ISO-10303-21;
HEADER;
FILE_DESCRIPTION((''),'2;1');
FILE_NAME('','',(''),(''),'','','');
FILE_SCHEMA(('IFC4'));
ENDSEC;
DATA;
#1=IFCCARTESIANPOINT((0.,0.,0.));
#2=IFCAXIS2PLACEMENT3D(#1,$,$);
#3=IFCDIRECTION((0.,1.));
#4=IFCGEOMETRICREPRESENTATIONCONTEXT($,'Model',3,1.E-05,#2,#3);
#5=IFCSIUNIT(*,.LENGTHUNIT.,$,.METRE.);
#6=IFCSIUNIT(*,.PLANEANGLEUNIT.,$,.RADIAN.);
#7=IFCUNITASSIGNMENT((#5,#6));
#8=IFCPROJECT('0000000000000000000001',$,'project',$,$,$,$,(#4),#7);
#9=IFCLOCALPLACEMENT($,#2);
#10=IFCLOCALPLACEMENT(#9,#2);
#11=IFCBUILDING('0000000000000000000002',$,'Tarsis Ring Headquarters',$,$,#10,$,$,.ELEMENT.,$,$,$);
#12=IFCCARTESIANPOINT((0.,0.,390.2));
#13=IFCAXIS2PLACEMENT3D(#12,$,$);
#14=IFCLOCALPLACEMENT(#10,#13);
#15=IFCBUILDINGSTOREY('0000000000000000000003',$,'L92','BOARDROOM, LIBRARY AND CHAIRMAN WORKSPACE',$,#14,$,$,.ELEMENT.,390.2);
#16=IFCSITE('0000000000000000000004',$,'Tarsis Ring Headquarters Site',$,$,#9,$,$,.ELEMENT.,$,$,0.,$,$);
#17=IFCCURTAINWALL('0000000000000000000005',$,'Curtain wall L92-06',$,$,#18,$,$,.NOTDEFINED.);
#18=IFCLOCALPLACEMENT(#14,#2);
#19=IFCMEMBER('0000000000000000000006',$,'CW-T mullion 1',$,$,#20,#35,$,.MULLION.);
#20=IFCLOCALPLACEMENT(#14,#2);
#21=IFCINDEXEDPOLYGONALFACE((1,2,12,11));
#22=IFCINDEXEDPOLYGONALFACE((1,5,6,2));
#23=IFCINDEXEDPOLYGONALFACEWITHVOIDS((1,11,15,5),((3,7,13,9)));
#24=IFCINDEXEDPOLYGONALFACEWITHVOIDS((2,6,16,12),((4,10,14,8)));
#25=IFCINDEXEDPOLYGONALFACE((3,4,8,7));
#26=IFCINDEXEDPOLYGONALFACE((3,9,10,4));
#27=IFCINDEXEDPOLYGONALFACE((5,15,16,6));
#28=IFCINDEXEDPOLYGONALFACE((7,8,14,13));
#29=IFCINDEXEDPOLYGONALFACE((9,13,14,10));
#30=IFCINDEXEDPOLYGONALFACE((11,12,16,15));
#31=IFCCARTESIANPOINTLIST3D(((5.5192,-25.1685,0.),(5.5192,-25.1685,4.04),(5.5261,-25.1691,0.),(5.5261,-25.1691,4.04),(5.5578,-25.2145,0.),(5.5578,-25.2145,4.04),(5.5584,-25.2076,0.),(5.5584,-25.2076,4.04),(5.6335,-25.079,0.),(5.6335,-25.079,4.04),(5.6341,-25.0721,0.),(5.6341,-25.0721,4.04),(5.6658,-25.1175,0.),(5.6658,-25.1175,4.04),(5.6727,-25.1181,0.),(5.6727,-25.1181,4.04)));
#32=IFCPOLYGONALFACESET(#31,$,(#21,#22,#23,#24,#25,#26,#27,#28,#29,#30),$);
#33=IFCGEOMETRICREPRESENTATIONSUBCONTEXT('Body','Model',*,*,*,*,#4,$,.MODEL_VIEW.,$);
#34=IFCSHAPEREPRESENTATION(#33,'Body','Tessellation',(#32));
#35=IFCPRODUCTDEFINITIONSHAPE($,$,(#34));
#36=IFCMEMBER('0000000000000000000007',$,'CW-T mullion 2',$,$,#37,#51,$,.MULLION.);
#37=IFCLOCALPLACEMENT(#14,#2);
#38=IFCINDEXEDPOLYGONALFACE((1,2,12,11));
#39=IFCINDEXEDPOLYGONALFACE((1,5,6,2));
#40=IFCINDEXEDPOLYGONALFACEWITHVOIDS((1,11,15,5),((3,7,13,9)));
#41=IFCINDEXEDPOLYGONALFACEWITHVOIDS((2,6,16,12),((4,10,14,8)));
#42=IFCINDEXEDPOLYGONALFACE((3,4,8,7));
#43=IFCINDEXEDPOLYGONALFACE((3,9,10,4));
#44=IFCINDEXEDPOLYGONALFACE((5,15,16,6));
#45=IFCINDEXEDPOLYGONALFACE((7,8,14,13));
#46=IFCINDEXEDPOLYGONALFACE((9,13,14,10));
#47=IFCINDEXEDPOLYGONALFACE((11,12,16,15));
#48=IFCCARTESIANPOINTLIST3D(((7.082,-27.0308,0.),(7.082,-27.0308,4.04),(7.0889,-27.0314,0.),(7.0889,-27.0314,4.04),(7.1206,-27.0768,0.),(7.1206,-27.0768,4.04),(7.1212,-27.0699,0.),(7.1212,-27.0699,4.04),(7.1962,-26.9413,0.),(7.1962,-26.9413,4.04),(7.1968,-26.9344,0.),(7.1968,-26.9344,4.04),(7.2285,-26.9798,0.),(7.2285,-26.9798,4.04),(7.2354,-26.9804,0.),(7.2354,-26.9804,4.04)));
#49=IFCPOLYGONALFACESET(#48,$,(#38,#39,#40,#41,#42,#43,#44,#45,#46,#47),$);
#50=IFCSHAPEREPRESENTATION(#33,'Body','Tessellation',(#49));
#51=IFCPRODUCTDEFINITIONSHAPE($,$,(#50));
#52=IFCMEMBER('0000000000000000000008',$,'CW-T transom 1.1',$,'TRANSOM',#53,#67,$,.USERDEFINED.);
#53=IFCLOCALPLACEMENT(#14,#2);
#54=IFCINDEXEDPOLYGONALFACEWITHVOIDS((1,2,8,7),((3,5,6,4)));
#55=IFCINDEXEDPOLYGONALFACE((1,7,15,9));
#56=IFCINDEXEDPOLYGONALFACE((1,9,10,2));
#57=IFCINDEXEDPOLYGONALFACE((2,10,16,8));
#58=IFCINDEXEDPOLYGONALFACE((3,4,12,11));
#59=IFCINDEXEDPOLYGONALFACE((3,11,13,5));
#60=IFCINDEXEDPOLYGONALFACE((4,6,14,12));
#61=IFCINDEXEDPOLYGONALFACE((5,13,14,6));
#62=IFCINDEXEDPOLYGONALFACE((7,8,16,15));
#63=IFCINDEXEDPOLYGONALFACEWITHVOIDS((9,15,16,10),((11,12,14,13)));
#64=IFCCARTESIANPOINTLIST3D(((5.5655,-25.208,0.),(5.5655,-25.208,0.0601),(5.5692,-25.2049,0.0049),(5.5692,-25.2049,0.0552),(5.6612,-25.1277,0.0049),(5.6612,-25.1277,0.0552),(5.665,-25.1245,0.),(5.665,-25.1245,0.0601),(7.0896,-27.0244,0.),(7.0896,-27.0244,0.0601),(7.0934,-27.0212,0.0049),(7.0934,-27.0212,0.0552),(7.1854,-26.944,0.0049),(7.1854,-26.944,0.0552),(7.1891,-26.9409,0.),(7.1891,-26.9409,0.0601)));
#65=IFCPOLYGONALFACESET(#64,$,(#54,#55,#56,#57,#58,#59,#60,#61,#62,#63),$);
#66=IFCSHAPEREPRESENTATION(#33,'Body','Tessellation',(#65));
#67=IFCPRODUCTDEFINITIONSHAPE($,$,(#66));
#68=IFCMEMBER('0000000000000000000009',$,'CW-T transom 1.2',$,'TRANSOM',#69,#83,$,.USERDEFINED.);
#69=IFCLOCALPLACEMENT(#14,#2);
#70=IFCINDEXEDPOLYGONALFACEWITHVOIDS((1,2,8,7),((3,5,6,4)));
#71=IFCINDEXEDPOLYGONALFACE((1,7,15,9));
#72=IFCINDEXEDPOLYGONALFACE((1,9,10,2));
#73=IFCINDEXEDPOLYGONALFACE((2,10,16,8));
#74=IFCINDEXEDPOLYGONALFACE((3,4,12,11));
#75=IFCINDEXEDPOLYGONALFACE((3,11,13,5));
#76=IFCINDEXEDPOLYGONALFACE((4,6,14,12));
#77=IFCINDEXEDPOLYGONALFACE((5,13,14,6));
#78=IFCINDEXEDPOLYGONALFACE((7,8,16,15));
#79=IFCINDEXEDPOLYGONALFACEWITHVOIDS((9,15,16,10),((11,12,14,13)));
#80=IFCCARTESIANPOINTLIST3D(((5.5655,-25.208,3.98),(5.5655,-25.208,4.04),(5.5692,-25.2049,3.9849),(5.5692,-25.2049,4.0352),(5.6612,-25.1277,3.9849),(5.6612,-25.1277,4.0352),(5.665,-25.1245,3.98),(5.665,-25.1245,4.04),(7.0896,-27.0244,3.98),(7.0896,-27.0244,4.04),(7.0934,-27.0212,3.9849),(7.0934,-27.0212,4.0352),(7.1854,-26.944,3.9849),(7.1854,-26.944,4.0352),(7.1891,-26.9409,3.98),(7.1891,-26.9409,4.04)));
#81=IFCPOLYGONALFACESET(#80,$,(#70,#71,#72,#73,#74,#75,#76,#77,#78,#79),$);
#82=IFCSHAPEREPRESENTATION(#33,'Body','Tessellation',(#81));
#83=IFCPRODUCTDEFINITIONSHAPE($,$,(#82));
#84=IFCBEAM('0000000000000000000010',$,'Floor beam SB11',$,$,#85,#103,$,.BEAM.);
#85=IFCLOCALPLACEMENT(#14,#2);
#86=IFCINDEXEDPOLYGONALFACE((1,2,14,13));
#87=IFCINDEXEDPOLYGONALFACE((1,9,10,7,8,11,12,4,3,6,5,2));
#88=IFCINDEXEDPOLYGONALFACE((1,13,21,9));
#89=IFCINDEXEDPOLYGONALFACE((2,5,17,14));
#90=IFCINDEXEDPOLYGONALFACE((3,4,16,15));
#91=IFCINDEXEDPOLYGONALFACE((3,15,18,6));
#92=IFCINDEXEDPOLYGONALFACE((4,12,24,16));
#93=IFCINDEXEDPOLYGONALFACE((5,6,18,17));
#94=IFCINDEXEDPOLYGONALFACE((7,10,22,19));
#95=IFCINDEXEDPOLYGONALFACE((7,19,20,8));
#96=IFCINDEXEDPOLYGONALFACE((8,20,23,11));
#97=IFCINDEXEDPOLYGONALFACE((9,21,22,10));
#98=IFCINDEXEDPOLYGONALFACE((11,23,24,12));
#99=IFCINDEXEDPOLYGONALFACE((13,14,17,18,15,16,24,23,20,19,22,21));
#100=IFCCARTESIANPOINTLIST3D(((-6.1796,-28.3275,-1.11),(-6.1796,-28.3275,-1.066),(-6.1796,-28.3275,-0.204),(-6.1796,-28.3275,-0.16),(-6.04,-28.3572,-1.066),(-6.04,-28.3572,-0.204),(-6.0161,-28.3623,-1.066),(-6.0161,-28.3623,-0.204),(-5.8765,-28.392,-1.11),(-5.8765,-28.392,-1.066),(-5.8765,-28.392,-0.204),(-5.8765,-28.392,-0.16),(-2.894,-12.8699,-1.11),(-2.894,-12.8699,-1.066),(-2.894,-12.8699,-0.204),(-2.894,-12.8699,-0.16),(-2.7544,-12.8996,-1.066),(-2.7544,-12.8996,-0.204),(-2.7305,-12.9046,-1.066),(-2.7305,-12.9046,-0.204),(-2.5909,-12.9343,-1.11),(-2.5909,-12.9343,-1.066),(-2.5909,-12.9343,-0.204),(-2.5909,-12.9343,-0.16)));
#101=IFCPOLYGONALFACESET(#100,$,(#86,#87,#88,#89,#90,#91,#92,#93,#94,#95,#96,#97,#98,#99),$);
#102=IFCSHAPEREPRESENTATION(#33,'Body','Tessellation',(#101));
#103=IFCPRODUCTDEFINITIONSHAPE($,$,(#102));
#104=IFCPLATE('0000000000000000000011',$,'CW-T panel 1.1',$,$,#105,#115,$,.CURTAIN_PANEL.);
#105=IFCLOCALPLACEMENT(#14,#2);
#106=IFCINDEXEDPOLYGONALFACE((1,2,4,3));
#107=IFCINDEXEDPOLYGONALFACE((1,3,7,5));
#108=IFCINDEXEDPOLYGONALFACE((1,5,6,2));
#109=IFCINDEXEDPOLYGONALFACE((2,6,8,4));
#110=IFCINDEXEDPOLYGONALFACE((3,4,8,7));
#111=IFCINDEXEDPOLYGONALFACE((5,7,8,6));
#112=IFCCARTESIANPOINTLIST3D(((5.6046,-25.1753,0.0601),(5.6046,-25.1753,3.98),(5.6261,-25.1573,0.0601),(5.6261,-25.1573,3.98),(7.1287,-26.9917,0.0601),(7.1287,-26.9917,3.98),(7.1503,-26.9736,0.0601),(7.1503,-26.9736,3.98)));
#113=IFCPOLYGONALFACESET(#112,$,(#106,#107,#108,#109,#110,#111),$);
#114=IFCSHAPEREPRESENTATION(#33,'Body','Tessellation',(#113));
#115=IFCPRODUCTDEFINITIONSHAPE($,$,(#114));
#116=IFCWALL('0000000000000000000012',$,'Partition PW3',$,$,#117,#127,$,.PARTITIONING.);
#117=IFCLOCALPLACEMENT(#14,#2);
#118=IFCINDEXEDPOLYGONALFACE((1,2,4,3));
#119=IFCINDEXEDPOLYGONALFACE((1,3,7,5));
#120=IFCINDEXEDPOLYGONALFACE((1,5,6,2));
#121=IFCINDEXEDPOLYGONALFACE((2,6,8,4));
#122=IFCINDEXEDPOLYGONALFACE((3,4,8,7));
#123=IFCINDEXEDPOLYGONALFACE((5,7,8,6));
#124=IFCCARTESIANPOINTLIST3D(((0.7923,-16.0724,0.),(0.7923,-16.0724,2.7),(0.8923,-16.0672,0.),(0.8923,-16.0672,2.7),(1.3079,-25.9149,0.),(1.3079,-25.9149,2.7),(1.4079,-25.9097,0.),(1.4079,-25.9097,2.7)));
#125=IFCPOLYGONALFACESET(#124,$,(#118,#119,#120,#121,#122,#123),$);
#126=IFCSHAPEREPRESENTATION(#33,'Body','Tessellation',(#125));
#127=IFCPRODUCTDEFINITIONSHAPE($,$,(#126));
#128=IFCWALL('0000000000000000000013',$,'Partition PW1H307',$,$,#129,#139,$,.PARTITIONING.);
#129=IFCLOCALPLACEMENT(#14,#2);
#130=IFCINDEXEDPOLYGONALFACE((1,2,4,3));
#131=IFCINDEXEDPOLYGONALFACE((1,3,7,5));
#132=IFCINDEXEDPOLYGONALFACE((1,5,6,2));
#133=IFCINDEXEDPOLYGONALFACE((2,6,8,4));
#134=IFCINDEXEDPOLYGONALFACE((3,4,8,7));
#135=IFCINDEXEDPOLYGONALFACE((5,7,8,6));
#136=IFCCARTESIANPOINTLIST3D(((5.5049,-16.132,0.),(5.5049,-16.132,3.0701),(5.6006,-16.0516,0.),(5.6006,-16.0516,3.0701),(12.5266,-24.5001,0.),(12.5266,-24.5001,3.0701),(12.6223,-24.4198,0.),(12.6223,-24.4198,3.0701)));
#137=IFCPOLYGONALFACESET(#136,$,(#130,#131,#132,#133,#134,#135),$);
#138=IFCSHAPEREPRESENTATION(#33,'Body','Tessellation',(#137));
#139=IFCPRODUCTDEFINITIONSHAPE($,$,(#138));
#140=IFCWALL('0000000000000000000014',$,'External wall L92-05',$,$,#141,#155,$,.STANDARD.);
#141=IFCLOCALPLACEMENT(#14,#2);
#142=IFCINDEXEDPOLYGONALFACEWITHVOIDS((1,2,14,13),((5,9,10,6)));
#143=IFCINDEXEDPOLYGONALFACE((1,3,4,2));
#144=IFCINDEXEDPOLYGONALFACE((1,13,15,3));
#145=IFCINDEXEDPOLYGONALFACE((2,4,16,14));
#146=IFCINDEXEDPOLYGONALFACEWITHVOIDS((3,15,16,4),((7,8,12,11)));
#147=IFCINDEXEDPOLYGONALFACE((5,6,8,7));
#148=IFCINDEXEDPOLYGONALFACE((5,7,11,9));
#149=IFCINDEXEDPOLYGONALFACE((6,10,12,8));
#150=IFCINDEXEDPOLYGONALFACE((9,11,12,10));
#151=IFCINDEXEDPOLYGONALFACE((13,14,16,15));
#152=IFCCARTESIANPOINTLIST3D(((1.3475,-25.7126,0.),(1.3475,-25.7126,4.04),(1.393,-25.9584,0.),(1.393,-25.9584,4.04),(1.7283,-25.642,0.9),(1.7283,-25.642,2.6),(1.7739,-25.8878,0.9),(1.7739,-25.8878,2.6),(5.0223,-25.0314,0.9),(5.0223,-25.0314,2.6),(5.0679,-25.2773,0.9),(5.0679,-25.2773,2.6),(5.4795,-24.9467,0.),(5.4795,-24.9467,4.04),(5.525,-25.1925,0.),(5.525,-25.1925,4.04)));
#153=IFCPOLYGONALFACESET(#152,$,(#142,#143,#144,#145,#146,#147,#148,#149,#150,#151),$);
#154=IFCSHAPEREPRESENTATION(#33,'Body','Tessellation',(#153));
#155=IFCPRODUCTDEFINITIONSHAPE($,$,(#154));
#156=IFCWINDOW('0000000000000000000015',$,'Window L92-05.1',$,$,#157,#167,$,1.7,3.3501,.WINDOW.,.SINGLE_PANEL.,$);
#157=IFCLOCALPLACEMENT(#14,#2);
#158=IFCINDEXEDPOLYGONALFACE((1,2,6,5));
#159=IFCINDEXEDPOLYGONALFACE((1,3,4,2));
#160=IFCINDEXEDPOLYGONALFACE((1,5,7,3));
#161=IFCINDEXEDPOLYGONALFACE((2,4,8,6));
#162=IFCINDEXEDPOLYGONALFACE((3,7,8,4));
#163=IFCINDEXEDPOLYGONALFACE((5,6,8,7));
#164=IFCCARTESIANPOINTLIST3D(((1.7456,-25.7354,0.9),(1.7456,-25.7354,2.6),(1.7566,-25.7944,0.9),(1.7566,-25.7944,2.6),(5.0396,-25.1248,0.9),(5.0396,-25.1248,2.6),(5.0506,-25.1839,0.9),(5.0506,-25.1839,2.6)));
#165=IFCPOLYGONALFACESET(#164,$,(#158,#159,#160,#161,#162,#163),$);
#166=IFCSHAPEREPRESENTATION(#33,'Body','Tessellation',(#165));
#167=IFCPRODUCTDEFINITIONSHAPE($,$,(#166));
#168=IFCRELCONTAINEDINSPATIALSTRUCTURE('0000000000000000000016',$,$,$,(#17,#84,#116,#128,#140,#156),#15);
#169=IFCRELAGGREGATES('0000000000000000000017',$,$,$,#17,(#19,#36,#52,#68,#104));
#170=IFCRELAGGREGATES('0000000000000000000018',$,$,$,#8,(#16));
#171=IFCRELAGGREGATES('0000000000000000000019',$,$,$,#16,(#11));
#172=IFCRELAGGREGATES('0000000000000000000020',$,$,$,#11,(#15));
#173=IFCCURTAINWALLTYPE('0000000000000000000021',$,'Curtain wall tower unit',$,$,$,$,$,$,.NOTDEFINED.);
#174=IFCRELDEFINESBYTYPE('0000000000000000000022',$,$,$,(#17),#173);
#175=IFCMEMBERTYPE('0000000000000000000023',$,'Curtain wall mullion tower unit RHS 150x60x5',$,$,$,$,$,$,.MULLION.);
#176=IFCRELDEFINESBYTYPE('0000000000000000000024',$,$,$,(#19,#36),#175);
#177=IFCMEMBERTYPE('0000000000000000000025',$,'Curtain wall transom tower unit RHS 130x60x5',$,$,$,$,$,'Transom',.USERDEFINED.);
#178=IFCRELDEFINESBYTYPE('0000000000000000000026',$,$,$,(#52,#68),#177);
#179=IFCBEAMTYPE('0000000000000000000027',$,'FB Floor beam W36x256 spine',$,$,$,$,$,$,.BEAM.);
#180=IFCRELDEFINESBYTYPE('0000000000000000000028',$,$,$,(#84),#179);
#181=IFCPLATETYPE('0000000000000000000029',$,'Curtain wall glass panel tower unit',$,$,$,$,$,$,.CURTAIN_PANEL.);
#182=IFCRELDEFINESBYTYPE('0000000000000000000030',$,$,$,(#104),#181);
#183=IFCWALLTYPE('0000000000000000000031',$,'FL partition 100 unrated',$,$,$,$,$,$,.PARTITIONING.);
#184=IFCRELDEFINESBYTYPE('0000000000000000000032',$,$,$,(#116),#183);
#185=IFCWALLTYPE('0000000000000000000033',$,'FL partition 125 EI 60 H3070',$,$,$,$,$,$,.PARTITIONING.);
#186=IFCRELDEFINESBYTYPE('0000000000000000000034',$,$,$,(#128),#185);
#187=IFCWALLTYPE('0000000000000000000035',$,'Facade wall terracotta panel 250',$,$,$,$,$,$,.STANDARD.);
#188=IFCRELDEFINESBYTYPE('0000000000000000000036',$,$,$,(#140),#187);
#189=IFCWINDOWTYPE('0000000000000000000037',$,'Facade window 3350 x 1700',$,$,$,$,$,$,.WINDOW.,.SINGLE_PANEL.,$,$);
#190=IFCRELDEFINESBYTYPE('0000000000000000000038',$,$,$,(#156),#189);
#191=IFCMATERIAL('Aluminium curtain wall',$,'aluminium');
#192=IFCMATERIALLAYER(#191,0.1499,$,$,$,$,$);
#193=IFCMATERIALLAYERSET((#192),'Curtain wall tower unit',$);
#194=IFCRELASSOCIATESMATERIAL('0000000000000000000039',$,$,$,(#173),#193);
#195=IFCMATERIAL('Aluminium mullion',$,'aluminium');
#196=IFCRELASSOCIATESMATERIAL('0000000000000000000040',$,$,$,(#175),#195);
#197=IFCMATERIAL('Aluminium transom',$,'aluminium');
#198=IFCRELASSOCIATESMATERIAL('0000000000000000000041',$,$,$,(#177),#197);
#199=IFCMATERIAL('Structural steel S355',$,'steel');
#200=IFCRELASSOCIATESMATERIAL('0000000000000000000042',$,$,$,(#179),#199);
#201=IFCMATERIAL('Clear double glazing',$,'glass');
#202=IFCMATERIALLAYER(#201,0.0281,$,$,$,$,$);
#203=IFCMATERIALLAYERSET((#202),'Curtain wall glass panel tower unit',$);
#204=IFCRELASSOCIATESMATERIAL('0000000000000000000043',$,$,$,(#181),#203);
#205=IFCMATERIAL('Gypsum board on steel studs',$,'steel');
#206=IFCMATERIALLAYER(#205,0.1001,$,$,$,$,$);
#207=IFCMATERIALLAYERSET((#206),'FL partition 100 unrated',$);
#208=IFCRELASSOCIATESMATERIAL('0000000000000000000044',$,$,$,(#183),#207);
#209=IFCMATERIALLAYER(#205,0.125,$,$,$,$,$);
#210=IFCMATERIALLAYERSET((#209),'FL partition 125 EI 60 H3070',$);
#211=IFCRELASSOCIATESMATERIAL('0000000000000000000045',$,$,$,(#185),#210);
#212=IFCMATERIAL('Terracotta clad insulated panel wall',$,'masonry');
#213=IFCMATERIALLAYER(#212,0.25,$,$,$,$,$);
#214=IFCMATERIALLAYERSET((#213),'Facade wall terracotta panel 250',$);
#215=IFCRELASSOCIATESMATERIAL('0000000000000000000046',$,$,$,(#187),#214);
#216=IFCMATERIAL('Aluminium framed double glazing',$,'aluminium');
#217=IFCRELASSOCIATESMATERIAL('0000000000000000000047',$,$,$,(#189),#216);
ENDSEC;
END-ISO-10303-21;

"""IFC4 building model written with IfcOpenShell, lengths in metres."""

from ifc_helpers import new_model, si_unit, direction, frame, frame_2d, origin, origin_2d, place, context, subcontext, project, spatial, rectangle, hollow_rectangle, i_section, extrude, material, layer, layer_set, material_profile, profile_set, type_object, element, fill, aggregate, save


model = new_model("IFC4")

# Units and contexts
model_context = context("Model", 3, precision=1e-05, world=origin(), true_north=direction((0.0, 1.0)))
body_context = subcontext(model_context, "Body", "Model", "MODEL_VIEW")
ifc_project = project(units=[si_unit("LENGTHUNIT", "METRE"), si_unit("PLANEANGLEUNIT", "RADIAN")], contexts=[model_context])

# Site, building, storey
site_placement = place(None, origin())
site = spatial("IfcSite", under=ifc_project, at=site_placement, Name="Tarsis Ring Headquarters Site", CompositionType="ELEMENT", RefElevation=0.0)
building_placement = place(site_placement, origin())
building = spatial("IfcBuilding", under=site, at=building_placement, Name="Tarsis Ring Headquarters", CompositionType="ELEMENT")
storey_placement = place(building_placement, frame((0.0, 0.0, 390.2)))
storey = spatial("IfcBuildingStorey", under=building, at=storey_placement, Name="L92", Description="BOARDROOM, LIBRARY AND CHAIRMAN WORKSPACE", CompositionType="ELEMENT", Elevation=390.2)

# Curtain wall, members
ifc_material_1 = material(Name="Aluminium curtain wall", Category="aluminium")
ifc_layer_1 = layer(ifc_material_1, 0.1499)
ifc_layer_set_1 = layer_set([ifc_layer_1], Name="Curtain wall tower unit")
curtain_wall_type = type_object("IfcCurtainWallType", Name="Curtain wall tower unit", PredefinedType="NOTDEFINED", material=ifc_layer_set_1)
curtain_wall_placement = place(storey_placement, origin())
curtain_wall = element("IfcCurtainWall", 1, at=curtain_wall_placement, inside=storey, type_object=curtain_wall_type, Name="Curtain wall L92-06", PredefinedType="NOTDEFINED")
ifc_material_2 = material(Name="Aluminium mullion", Category="aluminium")
ifc_material_profile_1 = material_profile(ifc_material_2, hollow_rectangle(XDim=0.1499, YDim=0.0601, WallThickness=0.0049, at=origin_2d()), Name="RHS 150x60x5")
ifc_profile_set_1 = profile_set([ifc_material_profile_1], Name="Aluminium mullion")
member_type_1 = type_object("IfcMemberType", Name="Curtain wall mullion tower unit RHS 150x60x5", PredefinedType="MULLION", material=ifc_profile_set_1)
member_1_placement = place(storey_placement, frame((5.5959, -25.1433, 0.0), z_axis=(0.0, 0.0, 1.0), x_axis=(0.766044, 0.642788, 0.0)))
member_1 = element("IfcMember", 2, at=member_1_placement, type_object=member_type_1, Name="CW-T mullion 1", PredefinedType="MULLION", context=body_context, shape_type="SweptSolid", body=[
    extrude(hollow_rectangle(XDim=0.1499, YDim=0.0601, WallThickness=0.0049, at=origin_2d()), origin(), (0.0, 0.0, 1.0), 4.04),
])
member_2_placement = place(storey_placement, frame((7.1587, -27.0056, 0.0), z_axis=(0.0, 0.0, 1.0), x_axis=(0.766044, 0.642788, 0.0)))
member_2 = element("IfcMember", 3, at=member_2_placement, type_object=member_type_1, Name="CW-T mullion 2", PredefinedType="MULLION", context=body_context, shape_type="SweptSolid", body=[
    extrude(hollow_rectangle(XDim=0.1499, YDim=0.0601, WallThickness=0.0049, at=origin_2d()), origin(), (0.0, 0.0, 1.0), 4.04),
])
ifc_material_3 = material(Name="Aluminium transom", Category="aluminium")
ifc_material_profile_2 = material_profile(ifc_material_3, hollow_rectangle(XDim=0.1299, YDim=0.0601, WallThickness=0.0049, at=origin_2d()), Name="RHS 130x60x5")
ifc_profile_set_2 = profile_set([ifc_material_profile_2], Name="Aluminium transom")
member_type_2 = type_object("IfcMemberType", Name="Curtain wall transom tower unit RHS 130x60x5", ElementType="Transom", PredefinedType="USERDEFINED", material=ifc_profile_set_2)
member_3_placement = place(storey_placement, frame((5.6152, -25.1663, 0.03), z_axis=(0.642794, -0.766039, 0.0), x_axis=(0.766039, 0.642794, 0.0)))
member_3 = element("IfcMember", 4, at=member_3_placement, type_object=member_type_2, Name="CW-T transom 1.1", ObjectType="TRANSOM", PredefinedType="USERDEFINED", context=body_context, shape_type="SweptSolid", body=[
    extrude(hollow_rectangle(XDim=0.1299, YDim=0.0601, WallThickness=0.0049, at=origin_2d()), origin(), (0.0, 0.0, 1.0), 2.3711),
])
member_4_placement = place(storey_placement, frame((5.6152, -25.1663, 4.01), z_axis=(0.642794, -0.766039, 0.0), x_axis=(0.766039, 0.642794, 0.0)))
member_4 = element("IfcMember", 5, at=member_4_placement, type_object=member_type_2, Name="CW-T transom 1.2", ObjectType="TRANSOM", PredefinedType="USERDEFINED", context=body_context, shape_type="SweptSolid", body=[
    extrude(hollow_rectangle(XDim=0.1299, YDim=0.0601, WallThickness=0.0049, at=origin_2d()), origin(), (0.0, 0.0, 1.0), 2.3711),
])

# Beam
ifc_material_4 = material(Name="Structural steel S355", Category="steel")
ifc_material_profile_3 = material_profile(ifc_material_4, i_section(OverallWidth=0.3098, OverallDepth=0.95, WebThickness=0.0244, FlangeThickness=0.0439, at=origin_2d()), Name="W36x256")
ifc_profile_set_3 = profile_set([ifc_material_profile_3], Name="Structural steel S355")
beam_type = type_object("IfcBeamType", Name="FB Floor beam W36x256 spine", PredefinedType="BEAM", material=ifc_profile_set_3)
beam_placement = place(storey_placement, frame((-2.7424, -12.9021, -0.635), z_axis=(-0.207911, -0.978148, 0.0), x_axis=(0.978148, -0.207911, 0.0)))
element("IfcBeam", 6, at=beam_placement, inside=storey, type_object=beam_type, Name="Floor beam SB11", PredefinedType="BEAM", context=body_context, shape_type="SweptSolid", body=[
    extrude(i_section(OverallWidth=0.3098, OverallDepth=0.95, WebThickness=0.0244, FlangeThickness=0.0439, at=origin_2d()), origin(), (0.0, 0.0, 1.0), 15.803),
])

# Plate
ifc_material_5 = material(Name="Clear double glazing", Category="glass")
ifc_layer_2 = layer(ifc_material_5, 0.0281)
ifc_layer_set_2 = layer_set([ifc_layer_2], Name="Curtain wall glass panel tower unit")
plate_type = type_object("IfcPlateType", Name="Curtain wall glass panel tower unit", PredefinedType="CURTAIN_PANEL", material=ifc_layer_set_2)
plate_placement = place(storey_placement, frame((6.3774, -26.0745, 0.0601), z_axis=(0.0, 0.0, 1.0), x_axis=(0.642788, -0.766044, 0.0)))
plate = element("IfcPlate", 7, at=plate_placement, type_object=plate_type, Name="CW-T panel 1.1", PredefinedType="CURTAIN_PANEL", context=body_context, shape_type="SweptSolid", body=[
    extrude(rectangle(XDim=2.3711, YDim=0.0281, at=origin_2d()), origin(), (0.0, 0.0, 1.0), 3.9199),
])
aggregate(curtain_wall, [member_1, member_2, member_3, member_4, plate])

# Walls
ifc_material_6 = material(Name="Gypsum board on steel studs", Category="steel")
ifc_layer_3 = layer(ifc_material_6, 0.1001)
ifc_layer_set_3 = layer_set([ifc_layer_3], Name="FL partition 100 unrated")
wall_type_1 = type_object("IfcWallType", Name="FL partition 100 unrated", PredefinedType="PARTITIONING", material=ifc_layer_set_3)
wall_1_placement = place(storey_placement, frame((0.8423, -16.0698, 0.0), z_axis=(0.0, 0.0, 1.0), x_axis=(0.052316, -0.998631, 0.0)))
element("IfcWall", 8, at=wall_1_placement, inside=storey, type_object=wall_type_1, Name="Partition PW3", PredefinedType="PARTITIONING", context=body_context, shape_type="SweptSolid", body=[
    extrude(rectangle(XDim=9.856, YDim=0.1001, at=frame_2d((4.928, 0.0))), origin(), (0.0, 0.0, 1.0), 2.7),
])
ifc_layer_4 = layer(ifc_material_6, 0.125)
ifc_layer_set_4 = layer_set([ifc_layer_4], Name="FL partition 125 EI 60 H3070")
wall_type_2 = type_object("IfcWallType", Name="FL partition 125 EI 60 H3070", PredefinedType="PARTITIONING", material=ifc_layer_set_4)
wall_2_placement = place(storey_placement, frame((5.5527, -16.0918, 0.0), z_axis=(0.0, 0.0, 1.0), x_axis=(0.642788, -0.766044, 0.0)))
element("IfcWall", 9, at=wall_2_placement, inside=storey, type_object=wall_type_2, Name="Partition PW1H307", PredefinedType="PARTITIONING", context=body_context, shape_type="SweptSolid", body=[
    extrude(rectangle(XDim=10.9238, YDim=0.125, at=frame_2d((5.4619, 0.0))), origin(), (0.0, 0.0, 1.0), 3.0701),
])

# Wall, opening, window
ifc_material_7 = material(Name="Terracotta clad insulated panel wall", Category="masonry")
ifc_layer_5 = layer(ifc_material_7, 0.25)
ifc_layer_set_5 = layer_set([ifc_layer_5], Name="Facade wall terracotta panel 250")
wall_type_3 = type_object("IfcWallType", Name="Facade wall terracotta panel 250", PredefinedType="STANDARD", material=ifc_layer_set_5)
wall_3_placement = place(storey_placement, frame((1.3704, -25.8354, 0.0), z_axis=(0.0, 0.0, 1.0), x_axis=(0.983253, 0.182243, 0.0)))
wall_3 = element("IfcWall", 10, at=wall_3_placement, inside=storey, type_object=wall_type_3, Name="External wall L92-05", PredefinedType="STANDARD", context=body_context, shape_type="SweptSolid", body=[
    extrude(rectangle(XDim=4.2024, YDim=0.25, at=frame_2d((2.1011, 0.0))), origin(), (0.0, 0.0, 1.0), 4.04),
])
opening_placement = place(wall_3_placement, frame((0.3872, 0.0, 0.8999)))
opening = element("IfcOpeningElement", 11, at=opening_placement, cuts=wall_3, PredefinedType="OPENING", context=body_context, shape_type="SweptSolid", body=[
    extrude(rectangle(XDim=3.3501, YDim=1.7, at=frame_2d((1.675, 0.8501))), frame((0.0, 0.135, 0.0), z_axis=(0.0, -1.0, 0.0), x_axis=(1.0, 0.0, 0.0)), (0.0, 0.0, 1.0), 0.27),
])
ifc_material_8 = material(Name="Aluminium framed double glazing", Category="aluminium")
window_type = type_object("IfcWindowType", Name="Facade window 3350 x 1700", PartitioningType="SINGLE_PANEL", PredefinedType="WINDOW", material=ifc_material_8)
window_placement = place(opening_placement, origin())
window = element("IfcWindow", 12, at=window_placement, inside=storey, type_object=window_type, Name="Window L92-05.1", OverallHeight=1.7, OverallWidth=3.3501, PartitioningType="SINGLE_PANEL", PredefinedType="WINDOW", context=body_context, shape_type="SweptSolid", body=[
    extrude(rectangle(XDim=3.3501, YDim=1.7, at=frame_2d((1.675, 0.8501))), frame((0.0, 0.03, 0.0), z_axis=(0.0, -1.0, 0.0), x_axis=(1.0, 0.0, 0.0)), (0.0, 0.0, 1.0), 0.0601),
])
fill(opening, window)

save(model, "model.ifc")
